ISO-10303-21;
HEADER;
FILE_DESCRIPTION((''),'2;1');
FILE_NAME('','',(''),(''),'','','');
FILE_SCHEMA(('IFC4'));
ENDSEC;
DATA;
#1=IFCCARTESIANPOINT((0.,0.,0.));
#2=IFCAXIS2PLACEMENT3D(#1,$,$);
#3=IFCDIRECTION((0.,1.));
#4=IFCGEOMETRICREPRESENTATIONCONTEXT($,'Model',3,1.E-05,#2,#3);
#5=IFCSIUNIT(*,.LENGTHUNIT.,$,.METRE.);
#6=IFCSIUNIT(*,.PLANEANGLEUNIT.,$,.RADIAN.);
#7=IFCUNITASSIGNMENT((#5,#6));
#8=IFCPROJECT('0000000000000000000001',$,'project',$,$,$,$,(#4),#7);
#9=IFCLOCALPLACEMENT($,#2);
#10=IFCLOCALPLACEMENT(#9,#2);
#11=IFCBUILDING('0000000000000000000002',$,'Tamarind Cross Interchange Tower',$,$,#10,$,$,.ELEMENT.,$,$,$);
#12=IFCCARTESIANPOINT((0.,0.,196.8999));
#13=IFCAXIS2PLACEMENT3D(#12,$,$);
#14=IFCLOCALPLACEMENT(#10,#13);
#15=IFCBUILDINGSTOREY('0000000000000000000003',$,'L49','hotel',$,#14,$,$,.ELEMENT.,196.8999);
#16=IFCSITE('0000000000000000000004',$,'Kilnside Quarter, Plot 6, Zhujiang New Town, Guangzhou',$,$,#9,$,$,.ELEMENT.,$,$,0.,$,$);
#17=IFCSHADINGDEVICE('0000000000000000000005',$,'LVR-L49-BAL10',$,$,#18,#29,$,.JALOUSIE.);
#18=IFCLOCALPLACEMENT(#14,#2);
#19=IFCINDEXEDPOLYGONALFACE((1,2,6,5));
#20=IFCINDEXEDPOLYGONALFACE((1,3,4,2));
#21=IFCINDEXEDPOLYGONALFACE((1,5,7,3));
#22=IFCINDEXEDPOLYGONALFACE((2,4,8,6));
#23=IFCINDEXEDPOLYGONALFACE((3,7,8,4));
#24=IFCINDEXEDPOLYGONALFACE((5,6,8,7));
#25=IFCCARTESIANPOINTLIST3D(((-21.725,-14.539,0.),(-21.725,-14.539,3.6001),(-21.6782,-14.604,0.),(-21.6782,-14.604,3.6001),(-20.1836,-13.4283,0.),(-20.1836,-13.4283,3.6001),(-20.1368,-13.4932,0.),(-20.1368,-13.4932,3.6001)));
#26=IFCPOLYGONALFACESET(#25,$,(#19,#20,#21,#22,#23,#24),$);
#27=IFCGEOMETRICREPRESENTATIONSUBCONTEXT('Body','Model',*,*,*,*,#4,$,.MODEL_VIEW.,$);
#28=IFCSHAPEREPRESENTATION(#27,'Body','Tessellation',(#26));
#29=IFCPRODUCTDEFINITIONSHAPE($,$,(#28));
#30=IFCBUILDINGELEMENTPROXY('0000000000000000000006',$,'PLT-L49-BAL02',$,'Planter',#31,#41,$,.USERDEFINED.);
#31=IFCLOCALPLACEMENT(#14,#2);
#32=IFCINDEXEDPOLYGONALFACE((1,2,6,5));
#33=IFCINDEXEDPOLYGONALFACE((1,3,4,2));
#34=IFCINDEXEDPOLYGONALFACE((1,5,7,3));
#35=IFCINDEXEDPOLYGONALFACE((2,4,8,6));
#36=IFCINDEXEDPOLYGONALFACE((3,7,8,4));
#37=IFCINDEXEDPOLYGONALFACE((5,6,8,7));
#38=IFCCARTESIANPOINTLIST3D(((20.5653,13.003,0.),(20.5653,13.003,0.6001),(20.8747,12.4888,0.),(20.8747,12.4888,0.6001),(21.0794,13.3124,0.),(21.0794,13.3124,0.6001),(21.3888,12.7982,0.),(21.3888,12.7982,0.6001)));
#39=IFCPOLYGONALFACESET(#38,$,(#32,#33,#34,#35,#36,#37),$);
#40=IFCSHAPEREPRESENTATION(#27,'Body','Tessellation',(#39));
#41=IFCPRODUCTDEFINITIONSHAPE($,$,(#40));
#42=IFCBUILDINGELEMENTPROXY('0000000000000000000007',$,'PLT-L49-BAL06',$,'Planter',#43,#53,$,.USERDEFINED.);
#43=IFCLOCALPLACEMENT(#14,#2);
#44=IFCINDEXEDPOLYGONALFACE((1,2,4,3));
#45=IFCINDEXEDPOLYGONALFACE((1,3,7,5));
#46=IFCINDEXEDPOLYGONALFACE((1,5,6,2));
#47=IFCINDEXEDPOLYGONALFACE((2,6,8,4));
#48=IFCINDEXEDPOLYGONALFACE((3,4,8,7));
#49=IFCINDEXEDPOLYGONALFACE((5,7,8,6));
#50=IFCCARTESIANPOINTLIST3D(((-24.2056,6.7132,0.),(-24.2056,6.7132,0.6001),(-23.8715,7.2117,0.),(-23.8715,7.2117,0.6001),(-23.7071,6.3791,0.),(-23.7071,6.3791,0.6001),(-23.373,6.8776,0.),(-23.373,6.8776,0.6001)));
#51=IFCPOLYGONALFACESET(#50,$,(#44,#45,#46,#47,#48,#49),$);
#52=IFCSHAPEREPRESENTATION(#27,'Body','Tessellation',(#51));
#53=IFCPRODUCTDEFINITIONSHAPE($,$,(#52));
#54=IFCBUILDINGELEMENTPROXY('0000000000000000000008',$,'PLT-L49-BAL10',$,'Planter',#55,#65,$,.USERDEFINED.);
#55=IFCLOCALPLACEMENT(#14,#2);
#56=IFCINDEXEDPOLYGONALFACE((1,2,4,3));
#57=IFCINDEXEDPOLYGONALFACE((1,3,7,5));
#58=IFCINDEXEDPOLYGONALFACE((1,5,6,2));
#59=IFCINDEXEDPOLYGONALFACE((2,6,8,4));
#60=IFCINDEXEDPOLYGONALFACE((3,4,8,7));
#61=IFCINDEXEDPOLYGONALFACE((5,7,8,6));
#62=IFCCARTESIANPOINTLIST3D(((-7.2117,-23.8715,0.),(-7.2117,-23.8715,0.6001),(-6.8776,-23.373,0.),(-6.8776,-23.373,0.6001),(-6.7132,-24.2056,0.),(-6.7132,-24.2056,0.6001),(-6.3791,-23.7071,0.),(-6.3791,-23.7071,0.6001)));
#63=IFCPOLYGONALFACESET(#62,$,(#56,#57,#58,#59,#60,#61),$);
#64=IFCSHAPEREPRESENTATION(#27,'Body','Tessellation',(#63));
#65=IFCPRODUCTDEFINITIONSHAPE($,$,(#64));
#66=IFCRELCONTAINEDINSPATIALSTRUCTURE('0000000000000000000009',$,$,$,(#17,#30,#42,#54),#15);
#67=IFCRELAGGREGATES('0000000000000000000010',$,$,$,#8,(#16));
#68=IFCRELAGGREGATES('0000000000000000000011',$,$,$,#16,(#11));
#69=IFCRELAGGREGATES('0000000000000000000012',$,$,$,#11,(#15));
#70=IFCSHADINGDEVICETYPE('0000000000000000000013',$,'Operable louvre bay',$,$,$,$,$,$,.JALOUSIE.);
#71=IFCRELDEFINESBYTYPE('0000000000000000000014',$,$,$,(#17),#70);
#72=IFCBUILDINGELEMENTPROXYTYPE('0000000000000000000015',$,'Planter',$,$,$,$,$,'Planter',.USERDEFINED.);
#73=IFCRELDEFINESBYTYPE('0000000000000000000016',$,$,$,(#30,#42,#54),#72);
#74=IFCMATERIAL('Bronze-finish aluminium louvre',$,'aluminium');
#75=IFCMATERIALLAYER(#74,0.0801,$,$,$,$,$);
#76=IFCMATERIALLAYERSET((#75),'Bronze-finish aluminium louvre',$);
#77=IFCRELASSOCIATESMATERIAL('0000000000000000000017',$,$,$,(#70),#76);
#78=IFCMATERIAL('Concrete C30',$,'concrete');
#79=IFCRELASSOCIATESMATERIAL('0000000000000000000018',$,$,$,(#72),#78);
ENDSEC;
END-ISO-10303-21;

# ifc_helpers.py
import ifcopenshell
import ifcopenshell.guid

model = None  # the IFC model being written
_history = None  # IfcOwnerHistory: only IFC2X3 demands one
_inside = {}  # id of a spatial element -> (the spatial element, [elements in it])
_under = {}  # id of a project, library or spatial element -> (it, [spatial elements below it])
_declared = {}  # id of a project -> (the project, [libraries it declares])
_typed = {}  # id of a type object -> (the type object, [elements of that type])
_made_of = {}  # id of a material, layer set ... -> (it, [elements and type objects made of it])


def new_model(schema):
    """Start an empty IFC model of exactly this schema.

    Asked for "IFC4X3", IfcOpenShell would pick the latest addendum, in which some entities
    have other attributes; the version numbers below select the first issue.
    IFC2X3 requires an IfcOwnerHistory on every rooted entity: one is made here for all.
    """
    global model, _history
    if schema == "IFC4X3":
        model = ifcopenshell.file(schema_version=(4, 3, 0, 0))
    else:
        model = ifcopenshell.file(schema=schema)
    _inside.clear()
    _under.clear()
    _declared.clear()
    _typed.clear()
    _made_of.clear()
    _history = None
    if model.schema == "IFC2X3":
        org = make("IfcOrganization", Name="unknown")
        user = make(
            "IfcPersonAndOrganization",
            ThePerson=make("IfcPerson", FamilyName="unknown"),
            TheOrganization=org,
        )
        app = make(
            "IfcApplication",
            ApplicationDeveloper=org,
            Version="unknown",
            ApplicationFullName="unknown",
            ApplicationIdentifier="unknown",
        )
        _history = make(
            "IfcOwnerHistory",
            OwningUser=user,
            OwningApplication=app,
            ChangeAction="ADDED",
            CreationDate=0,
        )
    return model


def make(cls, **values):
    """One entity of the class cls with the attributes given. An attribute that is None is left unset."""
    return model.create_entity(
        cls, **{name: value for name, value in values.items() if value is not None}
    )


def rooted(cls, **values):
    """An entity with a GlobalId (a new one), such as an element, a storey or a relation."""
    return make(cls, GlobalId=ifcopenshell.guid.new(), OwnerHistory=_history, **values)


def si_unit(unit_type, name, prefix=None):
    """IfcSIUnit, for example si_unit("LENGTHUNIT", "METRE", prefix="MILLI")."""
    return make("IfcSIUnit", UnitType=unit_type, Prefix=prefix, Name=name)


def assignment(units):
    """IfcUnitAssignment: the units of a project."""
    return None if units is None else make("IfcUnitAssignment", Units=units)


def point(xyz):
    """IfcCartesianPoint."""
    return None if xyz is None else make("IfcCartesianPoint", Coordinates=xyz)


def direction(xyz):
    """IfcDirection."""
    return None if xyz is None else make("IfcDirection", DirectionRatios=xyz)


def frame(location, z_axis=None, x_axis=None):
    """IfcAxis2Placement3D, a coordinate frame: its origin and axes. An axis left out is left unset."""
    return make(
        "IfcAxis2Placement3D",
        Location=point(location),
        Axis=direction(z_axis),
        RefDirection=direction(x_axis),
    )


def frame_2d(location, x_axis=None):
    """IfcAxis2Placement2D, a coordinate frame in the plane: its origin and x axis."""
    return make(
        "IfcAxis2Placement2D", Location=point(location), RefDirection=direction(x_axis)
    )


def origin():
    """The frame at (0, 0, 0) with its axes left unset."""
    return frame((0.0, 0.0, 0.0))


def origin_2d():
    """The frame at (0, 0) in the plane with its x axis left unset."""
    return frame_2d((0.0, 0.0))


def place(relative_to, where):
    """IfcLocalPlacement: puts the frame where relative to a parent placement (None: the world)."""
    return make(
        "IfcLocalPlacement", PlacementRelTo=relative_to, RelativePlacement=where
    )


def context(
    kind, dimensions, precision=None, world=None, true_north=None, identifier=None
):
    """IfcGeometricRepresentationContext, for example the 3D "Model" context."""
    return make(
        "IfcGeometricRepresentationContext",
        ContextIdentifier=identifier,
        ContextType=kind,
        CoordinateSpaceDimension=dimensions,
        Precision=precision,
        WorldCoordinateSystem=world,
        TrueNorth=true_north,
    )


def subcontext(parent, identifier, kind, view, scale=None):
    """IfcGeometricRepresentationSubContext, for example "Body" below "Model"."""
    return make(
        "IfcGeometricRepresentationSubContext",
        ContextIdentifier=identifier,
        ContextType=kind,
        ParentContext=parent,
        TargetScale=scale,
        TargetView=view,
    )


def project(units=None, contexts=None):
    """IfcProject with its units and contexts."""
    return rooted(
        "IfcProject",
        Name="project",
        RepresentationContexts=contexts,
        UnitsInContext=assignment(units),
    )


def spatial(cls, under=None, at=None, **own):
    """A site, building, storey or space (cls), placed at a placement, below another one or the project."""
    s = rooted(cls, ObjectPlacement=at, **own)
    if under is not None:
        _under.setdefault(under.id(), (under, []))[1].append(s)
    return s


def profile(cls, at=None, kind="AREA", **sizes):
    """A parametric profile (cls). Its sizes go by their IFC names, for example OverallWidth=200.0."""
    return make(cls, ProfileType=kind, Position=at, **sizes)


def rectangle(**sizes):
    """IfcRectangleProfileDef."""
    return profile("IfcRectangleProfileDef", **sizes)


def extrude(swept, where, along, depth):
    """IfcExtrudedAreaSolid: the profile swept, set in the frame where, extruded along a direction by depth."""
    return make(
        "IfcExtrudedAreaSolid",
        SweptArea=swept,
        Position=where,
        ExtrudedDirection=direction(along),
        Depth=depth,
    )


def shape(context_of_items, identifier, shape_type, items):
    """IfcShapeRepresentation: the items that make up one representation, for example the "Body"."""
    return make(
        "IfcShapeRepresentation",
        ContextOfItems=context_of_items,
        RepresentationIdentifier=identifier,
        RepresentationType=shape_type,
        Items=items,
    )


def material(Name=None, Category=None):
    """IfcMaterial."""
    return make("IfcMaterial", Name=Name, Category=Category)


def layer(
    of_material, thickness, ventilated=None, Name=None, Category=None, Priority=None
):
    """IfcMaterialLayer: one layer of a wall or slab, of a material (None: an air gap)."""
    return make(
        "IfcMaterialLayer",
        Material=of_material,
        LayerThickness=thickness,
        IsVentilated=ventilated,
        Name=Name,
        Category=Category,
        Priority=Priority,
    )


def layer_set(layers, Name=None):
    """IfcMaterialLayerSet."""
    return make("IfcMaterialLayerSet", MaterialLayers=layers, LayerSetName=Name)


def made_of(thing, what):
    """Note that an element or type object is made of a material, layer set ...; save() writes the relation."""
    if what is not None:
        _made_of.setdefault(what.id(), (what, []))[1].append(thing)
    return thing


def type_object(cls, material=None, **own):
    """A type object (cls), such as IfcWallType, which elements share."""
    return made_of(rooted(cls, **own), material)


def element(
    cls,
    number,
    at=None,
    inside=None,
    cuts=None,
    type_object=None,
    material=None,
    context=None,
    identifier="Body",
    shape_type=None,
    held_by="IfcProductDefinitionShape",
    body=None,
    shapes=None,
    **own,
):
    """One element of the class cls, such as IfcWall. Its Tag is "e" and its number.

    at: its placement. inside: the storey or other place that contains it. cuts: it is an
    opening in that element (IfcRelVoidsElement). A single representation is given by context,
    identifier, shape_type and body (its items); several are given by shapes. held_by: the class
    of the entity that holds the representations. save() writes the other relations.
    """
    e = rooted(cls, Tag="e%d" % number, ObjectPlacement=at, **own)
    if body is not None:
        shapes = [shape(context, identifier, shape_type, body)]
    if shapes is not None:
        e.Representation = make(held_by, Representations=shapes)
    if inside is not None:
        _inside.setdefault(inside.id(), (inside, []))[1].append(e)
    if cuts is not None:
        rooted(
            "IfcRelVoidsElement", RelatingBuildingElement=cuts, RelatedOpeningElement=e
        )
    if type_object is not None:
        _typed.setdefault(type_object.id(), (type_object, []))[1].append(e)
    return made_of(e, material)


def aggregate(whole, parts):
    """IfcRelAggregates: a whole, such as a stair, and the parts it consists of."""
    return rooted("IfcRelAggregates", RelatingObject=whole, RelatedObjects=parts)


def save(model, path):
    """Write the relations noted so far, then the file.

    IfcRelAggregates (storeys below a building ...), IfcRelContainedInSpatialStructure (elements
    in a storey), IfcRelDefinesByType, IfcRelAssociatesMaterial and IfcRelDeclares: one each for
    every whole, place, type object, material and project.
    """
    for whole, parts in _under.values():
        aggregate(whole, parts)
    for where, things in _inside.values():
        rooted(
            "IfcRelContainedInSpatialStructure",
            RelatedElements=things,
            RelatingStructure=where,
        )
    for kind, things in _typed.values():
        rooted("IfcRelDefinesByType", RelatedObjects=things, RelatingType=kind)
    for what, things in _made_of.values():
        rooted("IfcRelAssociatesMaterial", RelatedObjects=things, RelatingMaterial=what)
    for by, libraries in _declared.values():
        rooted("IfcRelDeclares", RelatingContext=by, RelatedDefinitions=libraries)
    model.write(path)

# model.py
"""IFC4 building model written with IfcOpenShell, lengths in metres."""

from ifc_helpers import new_model, si_unit, direction, frame, origin, origin_2d, place, context, subcontext, project, spatial, rectangle, extrude, material, layer, layer_set, type_object, element, save


model = new_model("IFC4")

# Units and contexts
model_context = context("Model", 3, precision=1e-05, world=origin(), true_north=direction((0.0, 1.0)))
body_context = subcontext(model_context, "Body", "Model", "MODEL_VIEW")
ifc_project = project(units=[si_unit("LENGTHUNIT", "METRE"), si_unit("PLANEANGLEUNIT", "RADIAN")], contexts=[model_context])

# Site, building, storey
site_placement = place(None, origin())
site = spatial("IfcSite", under=ifc_project, at=site_placement, Name="Kilnside Quarter, Plot 6, Zhujiang New Town, Guangzhou", CompositionType="ELEMENT", RefElevation=0.0)
building_placement = place(site_placement, origin())
building = spatial("IfcBuilding", under=site, at=building_placement, Name="Tamarind Cross Interchange Tower", CompositionType="ELEMENT")
storey_placement = place(building_placement, frame((0.0, 0.0, 196.8999)))
storey = spatial("IfcBuildingStorey", under=building, at=storey_placement, Name="L49", Description="hotel", CompositionType="ELEMENT", Elevation=196.8999)

# Shading device
ifc_material_1 = material(Name="Bronze-finish aluminium louvre", Category="aluminium")
ifc_layer_1 = layer(ifc_material_1, 0.0801)
ifc_layer_set_1 = layer_set([ifc_layer_1], Name="Bronze-finish aluminium louvre")
shading_device_type = type_object("IfcShadingDeviceType", Name="Operable louvre bay", PredefinedType="JALOUSIE", material=ifc_layer_set_1)
shading_device_1_placement = place(storey_placement, origin())
element("IfcShadingDevice", 1, at=shading_device_1_placement, inside=storey, type_object=shading_device_type, Name="LVR-L49-BAL10", PredefinedType="JALOUSIE", context=body_context, shape_type="SweptSolid", body=[
    extrude(rectangle(XDim=1.8999, YDim=0.0801, at=origin_2d()), frame((-20.9309, -14.0161, 0.0), z_axis=(0.0, 0.0, 1.0), x_axis=(-0.811294, -0.584638, 0.0)), (0.0, 0.0, 1.0), 3.6001),
])

# Building element proxies
ifc_material_2 = material(Name="Concrete C30", Category="concrete")
building_element_proxy_type = type_object("IfcBuildingElementProxyType", Name="Planter", ElementType="Planter", PredefinedType="USERDEFINED", material=ifc_material_2)
proxy_1_placement = place(storey_placement, origin())
element("IfcBuildingElementProxy", 2, at=proxy_1_placement, inside=storey, type_object=building_element_proxy_type, Name="PLT-L49-BAL02", ObjectType="Planter", PredefinedType="USERDEFINED", context=body_context, shape_type="SweptSolid", body=[
    extrude(rectangle(XDim=0.6001, YDim=0.6001, at=origin_2d()), frame((20.9771, 12.9006, 0.0), z_axis=(0.0, 0.0, 1.0), x_axis=(-0.515577, 0.856843, 0.0)), (0.0, 0.0, 1.0), 0.6001),
])
proxy_2_placement = place(storey_placement, origin())
element("IfcBuildingElementProxy", 3, at=proxy_2_placement, inside=storey, type_object=building_element_proxy_type, Name="PLT-L49-BAL06", ObjectType="Planter", PredefinedType="USERDEFINED", context=body_context, shape_type="SweptSolid", body=[
    extrude(rectangle(XDim=0.6001, YDim=0.6001, at=origin_2d()), frame((-23.7893, 6.7954, 0.0), z_axis=(0.0, 0.0, 1.0), x_axis=(-0.556702, -0.830712, 0.0)), (0.0, 0.0, 1.0), 0.6001),
])
proxy_3_placement = place(storey_placement, origin())
element("IfcBuildingElementProxy", 4, at=proxy_3_placement, inside=storey, type_object=building_element_proxy_type, Name="PLT-L49-BAL10", ObjectType="Planter", PredefinedType="USERDEFINED", context=body_context, shape_type="SweptSolid", body=[
    extrude(rectangle(XDim=0.6001, YDim=0.6001, at=origin_2d()), frame((-6.7954, -23.7893, 0.0), z_axis=(0.0, 0.0, 1.0), x_axis=(0.830712, -0.556702, 0.0)), (0.0, 0.0, 1.0), 0.6001),
])

save(model, "model.ifc")
